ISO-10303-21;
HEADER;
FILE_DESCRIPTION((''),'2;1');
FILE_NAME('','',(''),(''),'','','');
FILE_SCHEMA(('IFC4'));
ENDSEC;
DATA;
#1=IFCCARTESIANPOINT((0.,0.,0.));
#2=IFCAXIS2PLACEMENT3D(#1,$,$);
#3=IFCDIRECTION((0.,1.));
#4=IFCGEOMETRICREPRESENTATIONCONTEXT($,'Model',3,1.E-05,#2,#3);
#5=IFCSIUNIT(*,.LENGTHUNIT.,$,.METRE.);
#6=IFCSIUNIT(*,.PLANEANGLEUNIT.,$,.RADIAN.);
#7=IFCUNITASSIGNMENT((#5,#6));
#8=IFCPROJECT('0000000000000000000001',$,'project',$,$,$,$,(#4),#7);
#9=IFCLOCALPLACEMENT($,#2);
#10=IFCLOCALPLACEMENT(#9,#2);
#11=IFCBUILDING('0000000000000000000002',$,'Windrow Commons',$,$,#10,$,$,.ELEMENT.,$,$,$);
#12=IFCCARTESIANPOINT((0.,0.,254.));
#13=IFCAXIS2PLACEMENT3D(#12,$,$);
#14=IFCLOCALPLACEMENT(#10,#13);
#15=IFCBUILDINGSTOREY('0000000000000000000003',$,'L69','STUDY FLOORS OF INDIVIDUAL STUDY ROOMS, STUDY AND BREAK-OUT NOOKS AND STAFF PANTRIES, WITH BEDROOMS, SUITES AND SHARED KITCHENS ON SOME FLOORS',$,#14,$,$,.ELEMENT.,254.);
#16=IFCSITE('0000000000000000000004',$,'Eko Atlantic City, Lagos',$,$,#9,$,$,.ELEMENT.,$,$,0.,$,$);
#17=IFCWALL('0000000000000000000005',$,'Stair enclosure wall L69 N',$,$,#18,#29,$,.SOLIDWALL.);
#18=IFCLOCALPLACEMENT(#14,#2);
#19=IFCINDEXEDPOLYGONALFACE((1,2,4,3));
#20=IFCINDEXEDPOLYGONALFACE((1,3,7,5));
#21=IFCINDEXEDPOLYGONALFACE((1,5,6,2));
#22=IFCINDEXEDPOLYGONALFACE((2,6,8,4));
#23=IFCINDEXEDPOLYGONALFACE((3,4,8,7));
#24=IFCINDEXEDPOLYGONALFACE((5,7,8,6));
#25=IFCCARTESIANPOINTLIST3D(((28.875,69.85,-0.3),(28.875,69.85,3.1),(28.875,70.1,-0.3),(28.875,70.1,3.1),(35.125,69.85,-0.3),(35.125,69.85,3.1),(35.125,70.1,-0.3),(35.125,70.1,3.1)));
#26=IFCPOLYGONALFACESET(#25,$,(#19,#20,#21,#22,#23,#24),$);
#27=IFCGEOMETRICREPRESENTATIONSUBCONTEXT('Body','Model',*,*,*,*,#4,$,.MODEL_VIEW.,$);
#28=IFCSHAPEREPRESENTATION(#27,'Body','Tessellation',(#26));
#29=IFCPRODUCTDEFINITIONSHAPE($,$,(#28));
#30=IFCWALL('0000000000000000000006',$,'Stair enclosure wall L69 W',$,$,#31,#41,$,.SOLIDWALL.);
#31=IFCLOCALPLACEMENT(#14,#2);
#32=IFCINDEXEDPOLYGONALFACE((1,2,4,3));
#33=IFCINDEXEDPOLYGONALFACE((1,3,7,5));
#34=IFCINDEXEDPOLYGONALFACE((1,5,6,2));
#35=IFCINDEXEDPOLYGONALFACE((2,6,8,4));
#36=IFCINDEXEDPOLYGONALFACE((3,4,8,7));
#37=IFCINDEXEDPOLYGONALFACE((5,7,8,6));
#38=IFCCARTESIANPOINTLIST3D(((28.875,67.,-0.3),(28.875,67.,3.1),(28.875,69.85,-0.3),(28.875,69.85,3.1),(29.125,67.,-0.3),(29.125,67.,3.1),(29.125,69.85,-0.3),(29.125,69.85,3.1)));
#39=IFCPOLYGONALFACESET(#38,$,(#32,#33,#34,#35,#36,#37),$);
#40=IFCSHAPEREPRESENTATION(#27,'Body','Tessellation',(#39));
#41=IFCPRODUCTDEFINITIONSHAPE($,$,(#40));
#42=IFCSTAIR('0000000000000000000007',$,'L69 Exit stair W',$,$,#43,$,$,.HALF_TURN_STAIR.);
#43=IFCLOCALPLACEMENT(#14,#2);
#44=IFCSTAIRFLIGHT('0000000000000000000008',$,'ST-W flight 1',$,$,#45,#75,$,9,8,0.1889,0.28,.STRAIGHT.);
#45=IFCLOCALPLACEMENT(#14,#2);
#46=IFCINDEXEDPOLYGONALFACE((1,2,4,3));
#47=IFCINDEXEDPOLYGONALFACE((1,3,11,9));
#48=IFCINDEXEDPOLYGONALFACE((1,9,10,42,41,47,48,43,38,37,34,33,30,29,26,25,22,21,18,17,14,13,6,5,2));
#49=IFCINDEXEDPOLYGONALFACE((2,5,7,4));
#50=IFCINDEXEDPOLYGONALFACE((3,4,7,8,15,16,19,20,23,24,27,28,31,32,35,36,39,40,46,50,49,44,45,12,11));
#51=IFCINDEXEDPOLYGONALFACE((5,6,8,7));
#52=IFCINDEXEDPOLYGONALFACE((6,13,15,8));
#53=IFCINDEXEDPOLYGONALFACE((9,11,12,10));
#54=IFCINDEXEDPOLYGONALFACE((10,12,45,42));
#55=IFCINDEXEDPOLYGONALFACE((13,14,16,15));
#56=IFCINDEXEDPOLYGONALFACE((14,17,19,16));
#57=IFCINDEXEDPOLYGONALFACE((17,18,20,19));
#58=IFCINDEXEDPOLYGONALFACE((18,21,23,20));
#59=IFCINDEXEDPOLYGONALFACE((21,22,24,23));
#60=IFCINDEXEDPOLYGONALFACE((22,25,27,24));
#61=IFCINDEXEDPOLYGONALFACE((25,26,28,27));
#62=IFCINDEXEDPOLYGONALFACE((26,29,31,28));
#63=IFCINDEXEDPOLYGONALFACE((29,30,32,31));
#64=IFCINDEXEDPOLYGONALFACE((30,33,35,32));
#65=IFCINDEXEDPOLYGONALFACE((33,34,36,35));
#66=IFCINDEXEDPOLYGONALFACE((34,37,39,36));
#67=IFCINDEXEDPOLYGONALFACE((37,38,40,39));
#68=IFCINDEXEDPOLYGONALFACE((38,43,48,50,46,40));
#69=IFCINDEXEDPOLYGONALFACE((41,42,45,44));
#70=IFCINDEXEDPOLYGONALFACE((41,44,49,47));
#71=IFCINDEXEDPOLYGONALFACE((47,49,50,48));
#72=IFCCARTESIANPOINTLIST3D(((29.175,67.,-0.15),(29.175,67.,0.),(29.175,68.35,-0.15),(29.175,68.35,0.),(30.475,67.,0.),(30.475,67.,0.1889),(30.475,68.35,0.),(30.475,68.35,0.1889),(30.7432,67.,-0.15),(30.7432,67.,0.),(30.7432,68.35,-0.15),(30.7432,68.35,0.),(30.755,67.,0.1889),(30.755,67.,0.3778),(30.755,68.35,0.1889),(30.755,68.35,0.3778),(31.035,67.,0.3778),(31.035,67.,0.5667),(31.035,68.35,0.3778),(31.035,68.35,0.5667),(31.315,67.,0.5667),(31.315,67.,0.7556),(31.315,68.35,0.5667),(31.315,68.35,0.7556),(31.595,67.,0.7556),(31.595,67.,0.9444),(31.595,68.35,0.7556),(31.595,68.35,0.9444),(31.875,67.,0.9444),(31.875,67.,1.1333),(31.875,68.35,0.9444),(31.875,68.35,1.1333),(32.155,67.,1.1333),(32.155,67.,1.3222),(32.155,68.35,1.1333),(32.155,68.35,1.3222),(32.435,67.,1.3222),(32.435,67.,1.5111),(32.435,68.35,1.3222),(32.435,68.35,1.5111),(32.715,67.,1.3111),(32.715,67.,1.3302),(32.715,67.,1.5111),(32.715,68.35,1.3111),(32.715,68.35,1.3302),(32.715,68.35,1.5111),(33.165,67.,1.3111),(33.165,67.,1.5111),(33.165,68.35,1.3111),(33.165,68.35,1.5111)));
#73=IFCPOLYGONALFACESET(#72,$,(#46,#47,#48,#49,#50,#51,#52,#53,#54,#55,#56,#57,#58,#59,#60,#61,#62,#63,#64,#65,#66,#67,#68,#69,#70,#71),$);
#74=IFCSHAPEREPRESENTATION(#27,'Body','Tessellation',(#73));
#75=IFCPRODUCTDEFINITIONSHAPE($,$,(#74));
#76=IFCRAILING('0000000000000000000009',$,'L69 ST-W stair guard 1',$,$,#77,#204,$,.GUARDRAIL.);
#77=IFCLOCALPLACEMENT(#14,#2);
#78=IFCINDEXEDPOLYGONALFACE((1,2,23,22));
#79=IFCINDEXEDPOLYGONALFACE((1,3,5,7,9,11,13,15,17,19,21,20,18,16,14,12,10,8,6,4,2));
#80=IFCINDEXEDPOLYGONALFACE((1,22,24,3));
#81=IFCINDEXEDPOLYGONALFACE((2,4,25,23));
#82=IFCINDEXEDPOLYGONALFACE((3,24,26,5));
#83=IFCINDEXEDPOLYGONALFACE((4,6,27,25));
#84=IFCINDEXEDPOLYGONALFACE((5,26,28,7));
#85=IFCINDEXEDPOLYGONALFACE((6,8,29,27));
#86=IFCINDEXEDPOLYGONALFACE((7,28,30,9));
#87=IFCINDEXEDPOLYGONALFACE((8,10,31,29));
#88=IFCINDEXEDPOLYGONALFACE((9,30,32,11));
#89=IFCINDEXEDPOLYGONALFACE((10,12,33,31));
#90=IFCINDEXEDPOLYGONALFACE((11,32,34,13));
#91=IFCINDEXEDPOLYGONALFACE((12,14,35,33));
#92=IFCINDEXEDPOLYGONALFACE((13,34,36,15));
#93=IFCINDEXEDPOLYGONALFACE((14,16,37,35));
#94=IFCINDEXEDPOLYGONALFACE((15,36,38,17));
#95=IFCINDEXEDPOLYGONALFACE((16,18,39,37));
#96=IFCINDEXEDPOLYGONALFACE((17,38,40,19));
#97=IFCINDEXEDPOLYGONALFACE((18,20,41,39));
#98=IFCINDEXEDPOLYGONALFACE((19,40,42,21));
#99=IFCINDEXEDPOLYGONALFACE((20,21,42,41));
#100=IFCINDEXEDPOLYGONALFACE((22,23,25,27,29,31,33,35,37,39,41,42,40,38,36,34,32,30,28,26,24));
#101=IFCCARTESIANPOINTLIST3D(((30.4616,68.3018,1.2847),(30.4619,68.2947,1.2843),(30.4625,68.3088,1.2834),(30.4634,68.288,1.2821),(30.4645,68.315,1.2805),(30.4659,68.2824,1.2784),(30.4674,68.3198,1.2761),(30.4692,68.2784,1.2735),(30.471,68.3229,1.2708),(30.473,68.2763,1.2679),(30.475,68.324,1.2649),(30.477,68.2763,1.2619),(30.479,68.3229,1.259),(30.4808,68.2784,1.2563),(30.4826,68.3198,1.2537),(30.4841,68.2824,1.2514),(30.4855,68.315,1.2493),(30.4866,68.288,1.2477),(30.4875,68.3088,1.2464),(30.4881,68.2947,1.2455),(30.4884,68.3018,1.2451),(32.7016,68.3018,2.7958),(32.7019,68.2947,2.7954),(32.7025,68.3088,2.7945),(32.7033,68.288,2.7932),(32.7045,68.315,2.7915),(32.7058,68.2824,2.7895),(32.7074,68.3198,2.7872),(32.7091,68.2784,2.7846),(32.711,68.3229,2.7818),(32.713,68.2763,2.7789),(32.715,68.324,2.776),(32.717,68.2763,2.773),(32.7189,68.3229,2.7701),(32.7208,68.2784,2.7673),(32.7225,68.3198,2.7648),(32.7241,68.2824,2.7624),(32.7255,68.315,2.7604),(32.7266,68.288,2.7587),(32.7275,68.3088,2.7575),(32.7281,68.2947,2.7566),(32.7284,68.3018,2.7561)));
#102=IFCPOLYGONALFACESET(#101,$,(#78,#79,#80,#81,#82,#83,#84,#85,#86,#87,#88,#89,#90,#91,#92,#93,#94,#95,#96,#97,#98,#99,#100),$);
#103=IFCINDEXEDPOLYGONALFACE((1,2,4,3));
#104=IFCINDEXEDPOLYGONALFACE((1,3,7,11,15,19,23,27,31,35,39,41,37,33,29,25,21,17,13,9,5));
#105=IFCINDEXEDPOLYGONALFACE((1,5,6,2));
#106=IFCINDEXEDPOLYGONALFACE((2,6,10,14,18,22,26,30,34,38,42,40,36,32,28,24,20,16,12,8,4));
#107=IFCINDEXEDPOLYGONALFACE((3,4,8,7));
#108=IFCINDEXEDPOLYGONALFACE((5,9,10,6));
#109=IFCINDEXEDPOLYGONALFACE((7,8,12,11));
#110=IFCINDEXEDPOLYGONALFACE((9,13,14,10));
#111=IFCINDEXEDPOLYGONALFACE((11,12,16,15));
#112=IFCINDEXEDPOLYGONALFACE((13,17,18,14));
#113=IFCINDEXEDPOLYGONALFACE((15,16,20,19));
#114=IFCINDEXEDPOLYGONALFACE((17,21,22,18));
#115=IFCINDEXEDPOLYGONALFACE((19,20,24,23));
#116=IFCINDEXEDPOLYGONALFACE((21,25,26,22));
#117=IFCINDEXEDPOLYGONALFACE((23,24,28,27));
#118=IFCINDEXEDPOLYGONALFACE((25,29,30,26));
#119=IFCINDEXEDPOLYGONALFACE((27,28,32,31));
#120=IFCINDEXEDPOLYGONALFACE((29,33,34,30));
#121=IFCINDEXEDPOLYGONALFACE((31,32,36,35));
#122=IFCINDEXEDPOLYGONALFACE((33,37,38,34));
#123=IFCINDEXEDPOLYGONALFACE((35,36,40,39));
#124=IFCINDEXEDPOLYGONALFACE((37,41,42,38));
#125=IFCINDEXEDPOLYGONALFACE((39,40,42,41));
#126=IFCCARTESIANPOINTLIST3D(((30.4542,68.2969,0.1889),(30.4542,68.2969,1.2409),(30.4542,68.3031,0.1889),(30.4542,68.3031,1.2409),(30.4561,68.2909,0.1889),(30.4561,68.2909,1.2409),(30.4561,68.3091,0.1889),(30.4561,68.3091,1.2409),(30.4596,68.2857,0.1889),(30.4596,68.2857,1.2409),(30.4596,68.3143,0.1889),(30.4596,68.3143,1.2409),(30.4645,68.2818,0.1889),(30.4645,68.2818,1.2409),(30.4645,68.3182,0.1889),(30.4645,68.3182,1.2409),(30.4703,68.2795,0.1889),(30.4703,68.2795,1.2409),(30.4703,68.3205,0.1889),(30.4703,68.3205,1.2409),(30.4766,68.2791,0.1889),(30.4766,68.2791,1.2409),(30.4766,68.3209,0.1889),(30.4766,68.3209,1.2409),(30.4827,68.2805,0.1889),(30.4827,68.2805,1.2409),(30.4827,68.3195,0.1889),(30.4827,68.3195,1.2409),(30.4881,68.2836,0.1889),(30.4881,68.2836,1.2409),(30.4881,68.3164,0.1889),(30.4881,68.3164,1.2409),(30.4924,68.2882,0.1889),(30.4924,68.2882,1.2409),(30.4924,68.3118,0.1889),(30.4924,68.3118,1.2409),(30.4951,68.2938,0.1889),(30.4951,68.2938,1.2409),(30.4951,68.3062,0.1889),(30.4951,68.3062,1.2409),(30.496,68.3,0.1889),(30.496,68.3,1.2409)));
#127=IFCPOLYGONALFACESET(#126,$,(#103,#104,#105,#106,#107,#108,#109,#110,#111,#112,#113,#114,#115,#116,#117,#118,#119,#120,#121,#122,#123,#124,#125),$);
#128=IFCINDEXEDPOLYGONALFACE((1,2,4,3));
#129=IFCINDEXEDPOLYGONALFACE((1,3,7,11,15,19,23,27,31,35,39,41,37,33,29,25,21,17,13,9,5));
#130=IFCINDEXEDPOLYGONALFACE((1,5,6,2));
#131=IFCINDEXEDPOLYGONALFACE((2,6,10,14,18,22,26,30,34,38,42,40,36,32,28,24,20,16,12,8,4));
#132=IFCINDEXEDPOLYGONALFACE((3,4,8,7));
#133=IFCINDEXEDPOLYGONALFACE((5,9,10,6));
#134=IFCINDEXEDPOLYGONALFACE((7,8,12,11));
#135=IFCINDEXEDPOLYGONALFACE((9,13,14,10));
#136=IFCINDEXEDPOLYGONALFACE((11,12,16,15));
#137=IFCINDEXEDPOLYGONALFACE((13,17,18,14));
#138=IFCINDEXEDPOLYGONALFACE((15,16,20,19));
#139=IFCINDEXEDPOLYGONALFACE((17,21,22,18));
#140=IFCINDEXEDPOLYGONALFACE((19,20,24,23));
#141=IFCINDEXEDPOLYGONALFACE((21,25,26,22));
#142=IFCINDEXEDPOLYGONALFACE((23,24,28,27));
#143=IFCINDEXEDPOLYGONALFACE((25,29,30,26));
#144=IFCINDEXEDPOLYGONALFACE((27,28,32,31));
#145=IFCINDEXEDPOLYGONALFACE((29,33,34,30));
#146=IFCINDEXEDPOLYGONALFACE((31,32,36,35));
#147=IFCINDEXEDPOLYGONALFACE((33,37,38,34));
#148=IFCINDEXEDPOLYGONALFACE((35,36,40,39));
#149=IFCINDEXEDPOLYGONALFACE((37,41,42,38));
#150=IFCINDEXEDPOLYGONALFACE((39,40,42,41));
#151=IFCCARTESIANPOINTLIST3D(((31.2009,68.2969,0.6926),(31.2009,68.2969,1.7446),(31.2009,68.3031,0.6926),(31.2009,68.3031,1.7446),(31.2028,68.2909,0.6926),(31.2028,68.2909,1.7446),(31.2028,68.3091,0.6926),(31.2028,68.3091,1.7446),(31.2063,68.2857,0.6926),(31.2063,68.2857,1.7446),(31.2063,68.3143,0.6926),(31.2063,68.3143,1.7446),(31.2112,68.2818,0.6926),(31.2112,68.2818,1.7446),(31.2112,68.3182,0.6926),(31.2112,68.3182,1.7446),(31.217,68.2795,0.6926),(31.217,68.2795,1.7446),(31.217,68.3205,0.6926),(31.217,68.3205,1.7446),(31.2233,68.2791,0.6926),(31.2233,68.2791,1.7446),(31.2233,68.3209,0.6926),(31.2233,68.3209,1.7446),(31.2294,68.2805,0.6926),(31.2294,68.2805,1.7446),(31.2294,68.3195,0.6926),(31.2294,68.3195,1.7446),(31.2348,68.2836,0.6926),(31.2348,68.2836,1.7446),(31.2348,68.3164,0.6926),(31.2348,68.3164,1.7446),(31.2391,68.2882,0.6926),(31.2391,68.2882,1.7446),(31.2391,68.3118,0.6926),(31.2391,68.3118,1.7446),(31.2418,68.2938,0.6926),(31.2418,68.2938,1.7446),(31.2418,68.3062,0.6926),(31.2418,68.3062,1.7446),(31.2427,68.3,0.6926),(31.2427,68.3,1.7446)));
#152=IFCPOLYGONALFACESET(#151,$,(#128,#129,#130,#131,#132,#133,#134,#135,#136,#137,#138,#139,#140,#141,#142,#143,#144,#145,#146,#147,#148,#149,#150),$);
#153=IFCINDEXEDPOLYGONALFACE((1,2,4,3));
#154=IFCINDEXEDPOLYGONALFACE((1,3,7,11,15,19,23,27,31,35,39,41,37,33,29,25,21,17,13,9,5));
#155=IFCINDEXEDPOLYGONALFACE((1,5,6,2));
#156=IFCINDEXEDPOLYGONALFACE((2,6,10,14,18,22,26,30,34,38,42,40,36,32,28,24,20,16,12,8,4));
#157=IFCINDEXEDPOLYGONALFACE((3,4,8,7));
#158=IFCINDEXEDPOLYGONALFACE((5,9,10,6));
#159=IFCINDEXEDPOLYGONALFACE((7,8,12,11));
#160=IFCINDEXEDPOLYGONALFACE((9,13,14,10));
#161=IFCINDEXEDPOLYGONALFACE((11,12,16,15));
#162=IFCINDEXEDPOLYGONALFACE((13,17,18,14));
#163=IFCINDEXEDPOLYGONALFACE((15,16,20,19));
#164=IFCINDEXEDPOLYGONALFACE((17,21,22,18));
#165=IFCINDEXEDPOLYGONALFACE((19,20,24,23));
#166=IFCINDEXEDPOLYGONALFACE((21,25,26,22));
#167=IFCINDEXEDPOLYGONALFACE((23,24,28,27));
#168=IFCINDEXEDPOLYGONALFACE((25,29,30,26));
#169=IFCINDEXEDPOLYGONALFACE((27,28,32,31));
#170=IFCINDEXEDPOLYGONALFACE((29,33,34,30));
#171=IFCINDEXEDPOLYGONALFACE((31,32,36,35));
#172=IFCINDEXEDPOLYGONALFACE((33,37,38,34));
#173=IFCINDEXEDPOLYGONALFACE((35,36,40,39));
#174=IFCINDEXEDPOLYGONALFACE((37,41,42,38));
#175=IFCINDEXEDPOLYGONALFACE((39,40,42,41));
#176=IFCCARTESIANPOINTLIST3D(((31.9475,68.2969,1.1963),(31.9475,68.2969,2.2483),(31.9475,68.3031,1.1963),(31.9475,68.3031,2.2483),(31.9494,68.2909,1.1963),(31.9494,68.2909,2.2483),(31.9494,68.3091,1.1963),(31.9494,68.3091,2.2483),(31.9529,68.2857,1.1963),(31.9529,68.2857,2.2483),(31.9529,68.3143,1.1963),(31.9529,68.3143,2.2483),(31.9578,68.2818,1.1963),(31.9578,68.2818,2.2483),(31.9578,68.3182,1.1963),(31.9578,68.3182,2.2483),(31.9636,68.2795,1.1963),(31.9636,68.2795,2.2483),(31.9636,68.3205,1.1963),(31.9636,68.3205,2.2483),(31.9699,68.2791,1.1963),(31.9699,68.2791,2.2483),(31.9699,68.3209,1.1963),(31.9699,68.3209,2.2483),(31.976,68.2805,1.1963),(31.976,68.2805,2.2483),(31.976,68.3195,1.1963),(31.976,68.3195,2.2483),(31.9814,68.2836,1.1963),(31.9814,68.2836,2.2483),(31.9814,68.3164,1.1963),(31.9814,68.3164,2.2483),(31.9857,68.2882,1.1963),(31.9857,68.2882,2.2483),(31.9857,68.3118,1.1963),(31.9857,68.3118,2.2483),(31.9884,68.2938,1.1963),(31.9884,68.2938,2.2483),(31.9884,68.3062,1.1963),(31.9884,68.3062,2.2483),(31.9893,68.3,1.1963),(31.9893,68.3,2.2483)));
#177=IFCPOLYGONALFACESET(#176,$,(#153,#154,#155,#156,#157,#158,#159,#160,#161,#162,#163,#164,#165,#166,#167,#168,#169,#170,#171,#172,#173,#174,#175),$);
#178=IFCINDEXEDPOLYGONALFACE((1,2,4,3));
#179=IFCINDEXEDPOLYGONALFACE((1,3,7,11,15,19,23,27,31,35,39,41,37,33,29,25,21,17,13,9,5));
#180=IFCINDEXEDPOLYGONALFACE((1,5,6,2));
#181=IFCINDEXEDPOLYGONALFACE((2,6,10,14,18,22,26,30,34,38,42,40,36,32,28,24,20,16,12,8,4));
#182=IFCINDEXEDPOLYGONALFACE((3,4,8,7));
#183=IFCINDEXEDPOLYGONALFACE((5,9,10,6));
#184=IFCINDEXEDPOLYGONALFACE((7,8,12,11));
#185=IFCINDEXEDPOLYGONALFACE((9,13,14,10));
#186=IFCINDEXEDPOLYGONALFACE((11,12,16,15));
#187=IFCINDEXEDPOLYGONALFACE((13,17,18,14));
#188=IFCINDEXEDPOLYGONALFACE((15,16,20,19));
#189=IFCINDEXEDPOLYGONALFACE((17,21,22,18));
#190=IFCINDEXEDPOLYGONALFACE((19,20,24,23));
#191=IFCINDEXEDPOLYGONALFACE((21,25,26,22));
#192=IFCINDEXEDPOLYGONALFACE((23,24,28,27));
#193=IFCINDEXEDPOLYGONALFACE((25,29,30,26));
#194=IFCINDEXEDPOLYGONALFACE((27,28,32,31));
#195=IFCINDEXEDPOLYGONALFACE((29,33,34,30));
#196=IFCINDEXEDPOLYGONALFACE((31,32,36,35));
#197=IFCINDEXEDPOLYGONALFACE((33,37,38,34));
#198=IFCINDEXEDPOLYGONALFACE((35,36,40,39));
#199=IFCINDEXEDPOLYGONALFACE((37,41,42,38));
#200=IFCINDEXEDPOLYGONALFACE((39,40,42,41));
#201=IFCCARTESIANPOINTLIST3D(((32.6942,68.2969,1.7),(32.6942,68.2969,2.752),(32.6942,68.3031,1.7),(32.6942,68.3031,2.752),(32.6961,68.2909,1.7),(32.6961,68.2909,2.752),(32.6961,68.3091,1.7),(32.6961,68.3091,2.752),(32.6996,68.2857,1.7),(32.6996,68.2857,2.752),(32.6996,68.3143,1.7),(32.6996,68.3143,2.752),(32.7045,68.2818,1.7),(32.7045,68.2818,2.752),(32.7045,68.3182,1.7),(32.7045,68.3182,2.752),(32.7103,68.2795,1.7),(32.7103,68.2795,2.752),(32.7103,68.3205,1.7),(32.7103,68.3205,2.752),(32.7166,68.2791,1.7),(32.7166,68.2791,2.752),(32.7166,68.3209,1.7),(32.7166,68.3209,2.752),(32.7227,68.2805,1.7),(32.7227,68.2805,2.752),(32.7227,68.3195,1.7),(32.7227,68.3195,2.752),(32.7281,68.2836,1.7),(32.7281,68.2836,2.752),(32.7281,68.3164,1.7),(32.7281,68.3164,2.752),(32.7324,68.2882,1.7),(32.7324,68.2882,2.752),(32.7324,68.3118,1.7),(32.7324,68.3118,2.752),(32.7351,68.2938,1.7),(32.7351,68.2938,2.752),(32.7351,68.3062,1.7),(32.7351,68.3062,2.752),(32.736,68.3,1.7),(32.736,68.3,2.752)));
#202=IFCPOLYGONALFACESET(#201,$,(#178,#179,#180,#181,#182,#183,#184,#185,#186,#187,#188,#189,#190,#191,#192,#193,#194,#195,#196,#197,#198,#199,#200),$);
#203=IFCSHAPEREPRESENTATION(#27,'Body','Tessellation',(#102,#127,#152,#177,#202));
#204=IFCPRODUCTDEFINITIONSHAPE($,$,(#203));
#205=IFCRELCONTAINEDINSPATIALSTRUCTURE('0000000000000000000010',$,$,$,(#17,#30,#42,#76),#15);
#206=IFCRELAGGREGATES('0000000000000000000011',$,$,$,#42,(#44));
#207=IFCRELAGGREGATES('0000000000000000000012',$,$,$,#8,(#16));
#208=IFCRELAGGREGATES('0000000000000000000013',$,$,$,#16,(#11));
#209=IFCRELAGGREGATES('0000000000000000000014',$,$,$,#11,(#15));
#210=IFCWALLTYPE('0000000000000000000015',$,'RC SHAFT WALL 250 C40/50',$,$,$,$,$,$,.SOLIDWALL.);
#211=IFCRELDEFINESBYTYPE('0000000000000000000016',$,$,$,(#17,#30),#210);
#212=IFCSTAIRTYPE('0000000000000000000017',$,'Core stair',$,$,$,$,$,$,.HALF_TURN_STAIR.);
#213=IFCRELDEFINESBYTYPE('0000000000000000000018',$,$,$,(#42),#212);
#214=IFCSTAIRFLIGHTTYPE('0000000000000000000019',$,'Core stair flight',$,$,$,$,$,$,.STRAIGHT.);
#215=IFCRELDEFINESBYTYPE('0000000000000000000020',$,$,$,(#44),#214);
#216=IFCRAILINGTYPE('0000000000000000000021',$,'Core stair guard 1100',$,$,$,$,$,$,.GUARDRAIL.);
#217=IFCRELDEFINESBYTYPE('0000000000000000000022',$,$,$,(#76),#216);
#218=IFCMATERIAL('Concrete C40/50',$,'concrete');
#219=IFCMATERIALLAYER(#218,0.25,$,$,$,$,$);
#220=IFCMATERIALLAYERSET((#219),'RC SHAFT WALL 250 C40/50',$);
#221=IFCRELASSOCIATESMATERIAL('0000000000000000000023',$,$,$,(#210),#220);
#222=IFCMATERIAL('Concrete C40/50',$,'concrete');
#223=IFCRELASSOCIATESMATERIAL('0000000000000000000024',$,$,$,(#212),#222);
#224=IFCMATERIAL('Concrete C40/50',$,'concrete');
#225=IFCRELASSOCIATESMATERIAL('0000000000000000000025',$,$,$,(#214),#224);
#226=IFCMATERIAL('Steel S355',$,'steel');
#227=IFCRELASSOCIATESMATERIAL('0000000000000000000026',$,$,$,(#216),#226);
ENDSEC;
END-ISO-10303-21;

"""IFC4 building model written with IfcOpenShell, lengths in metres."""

from ifc_helpers import new_model, si_unit, direction, frame, frame_2d, origin, origin_2d, place, context, subcontext, project, spatial, polyline, rectangle, circle, outline, extrude, material, layer, layer_set, type_object, element, aggregate, save


model = new_model("IFC4")

# Units and contexts
model_context = context("Model", 3, precision=1e-05, world=origin(), true_north=direction((0.0, 1.0)))
body_context = subcontext(model_context, "Body", "Model", "MODEL_VIEW")
ifc_project = project(units=[si_unit("LENGTHUNIT", "METRE"), si_unit("PLANEANGLEUNIT", "RADIAN")], contexts=[model_context])

# Site, building, storey
site_placement = place(None, origin())
site = spatial("IfcSite", under=ifc_project, at=site_placement, Name="Eko Atlantic City, Lagos", CompositionType="ELEMENT", RefElevation=0.0)
building_placement = place(site_placement, origin())
building = spatial("IfcBuilding", under=site, at=building_placement, Name="Windrow Commons", CompositionType="ELEMENT")
storey_placement = place(building_placement, frame((0.0, 0.0, 254.0)))
storey = spatial("IfcBuildingStorey", under=building, at=storey_placement, Name="L69", Description="STUDY FLOORS OF INDIVIDUAL STUDY ROOMS, STUDY AND BREAK-OUT NOOKS AND STAFF PANTRIES, WITH BEDROOMS, SUITES AND SHARED KITCHENS ON SOME FLOORS", CompositionType="ELEMENT", Elevation=254.0)

# Shared definitions
ifc_material_1 = material(Name="Concrete C40/50", Category="concrete")
ifc_layer_1 = layer(ifc_material_1, 0.25)
ifc_layer_set_1 = layer_set([ifc_layer_1], Name="RC SHAFT WALL 250 C40/50")
wall_type_1 = type_object("IfcWallType", Name="RC SHAFT WALL 250 C40/50", PredefinedType="SOLIDWALL", material=ifc_layer_set_1)

# Walls
wall_1_placement = place(storey_placement, frame((28.875, 69.975, -0.3), z_axis=(0.0, 0.0, 1.0), x_axis=(1.0, 0.0, 0.0)))
element("IfcWall", 1, at=wall_1_placement, inside=storey, type_object=wall_type_1, Name="Stair enclosure wall L69 N", PredefinedType="SOLIDWALL", context=body_context, shape_type="SweptSolid", body=[
    extrude(rectangle(XDim=6.25, YDim=0.25, at=frame_2d((3.125, 0.0))), origin(), (0.0, 0.0, 1.0), 3.4),
])
wall_2_placement = place(storey_placement, frame((29.0, 67.0, -0.3), z_axis=(0.0, 0.0, 1.0), x_axis=(0.0, 1.0, 0.0)))
element("IfcWall", 2, at=wall_2_placement, inside=storey, type_object=wall_type_1, Name="Stair enclosure wall L69 W", PredefinedType="SOLIDWALL", context=body_context, shape_type="SweptSolid", body=[
    extrude(rectangle(XDim=2.85, YDim=0.25, at=frame_2d((1.425, 0.0))), origin(), (0.0, 0.0, 1.0), 3.4),
])

# Stair, stair flight
ifc_material_2 = material(Name="Concrete C40/50", Category="concrete")
stair_type = type_object("IfcStairType", Name="Core stair", PredefinedType="HALF_TURN_STAIR", material=ifc_material_2)
stair_placement = place(storey_placement, origin())
stair = element("IfcStair", 3, at=stair_placement, inside=storey, type_object=stair_type, Name="L69 Exit stair W", PredefinedType="HALF_TURN_STAIR")
ifc_material_3 = material(Name="Concrete C40/50", Category="concrete")
stair_flight_type = type_object("IfcStairFlightType", Name="Core stair flight", PredefinedType="STRAIGHT", material=ifc_material_3)
stair_flight_placement = place(storey_placement, frame((30.475, 67.675, 0.0), z_axis=(0.0, 0.0, 1.0), x_axis=(1.0, 0.0, 0.0)))
stair_flight = element("IfcStairFlight", 4, at=stair_flight_placement, type_object=stair_flight_type, Name="ST-W flight 1", NumberOfRisers=9, NumberOfTreads=8, PredefinedType="STRAIGHT", RiserHeight=0.1889, TreadLength=0.28, context=body_context, shape_type="SweptSolid", body=[
    extrude(outline(polyline([(-1.3, -0.15), (-1.3, 0.0), (0.0, 0.0), (0.0, 0.1889), (0.28, 0.1889), (0.28, 0.3778), (0.56, 0.3778), (0.56, 0.5667), (0.84, 0.5667), (0.84, 0.7556), (1.12, 0.7556), (1.12, 0.9444), (1.4, 0.9444), (1.4, 1.1333), (1.68, 1.1333), (1.68, 1.3222), (1.96, 1.3222), (1.96, 1.5111), (2.24, 1.5111), (2.69, 1.5111), (2.69, 1.3111), (2.24, 1.3111), (2.24, 1.3302), (0.2682, 0.0), (0.2682, -0.15), (-1.3, -0.15)])), frame((0.0, 0.675, 0.0), z_axis=(0.0, -1.0, 0.0), x_axis=(1.0, 0.0, 0.0)), (0.0, 0.0, 1.0), 1.35),
])
aggregate(stair, [stair_flight])

# Railing
ifc_material_4 = material(Name="Steel S355", Category="steel")
railing_type_1 = type_object("IfcRailingType", Name="Core stair guard 1100", PredefinedType="GUARDRAIL", material=ifc_material_4)
railing_1_placement = place(storey_placement, frame((30.475, 68.3, 0.1889)))
element("IfcRailing", 5, at=railing_1_placement, inside=storey, type_object=railing_type_1, Name="L69 ST-W stair guard 1", PredefinedType="GUARDRAIL", context=body_context, shape_type="SweptSolid", body=[
    extrude(circle(Radius=0.024, at=origin_2d()), frame((0.0, 0.0, 1.076), z_axis=(0.829003, 0.0, 0.559244), x_axis=(0.0, 1.0, 0.0)), (0.0, 0.0, 1.0), 2.702),
    extrude(circle(Radius=0.021, at=origin_2d()), origin(), (0.0, 0.0, 1.0), 1.052),
    extrude(circle(Radius=0.021, at=origin_2d()), frame((0.7467, 0.0, 0.5037)), (0.0, 0.0, 1.0), 1.052),
    extrude(circle(Radius=0.021, at=origin_2d()), frame((1.4933, 0.0, 1.0074)), (0.0, 0.0, 1.0), 1.052),
    extrude(circle(Radius=0.021, at=origin_2d()), frame((2.24, 0.0, 1.5111)), (0.0, 0.0, 1.0), 1.052),
])

save(model, "model.ifc")
